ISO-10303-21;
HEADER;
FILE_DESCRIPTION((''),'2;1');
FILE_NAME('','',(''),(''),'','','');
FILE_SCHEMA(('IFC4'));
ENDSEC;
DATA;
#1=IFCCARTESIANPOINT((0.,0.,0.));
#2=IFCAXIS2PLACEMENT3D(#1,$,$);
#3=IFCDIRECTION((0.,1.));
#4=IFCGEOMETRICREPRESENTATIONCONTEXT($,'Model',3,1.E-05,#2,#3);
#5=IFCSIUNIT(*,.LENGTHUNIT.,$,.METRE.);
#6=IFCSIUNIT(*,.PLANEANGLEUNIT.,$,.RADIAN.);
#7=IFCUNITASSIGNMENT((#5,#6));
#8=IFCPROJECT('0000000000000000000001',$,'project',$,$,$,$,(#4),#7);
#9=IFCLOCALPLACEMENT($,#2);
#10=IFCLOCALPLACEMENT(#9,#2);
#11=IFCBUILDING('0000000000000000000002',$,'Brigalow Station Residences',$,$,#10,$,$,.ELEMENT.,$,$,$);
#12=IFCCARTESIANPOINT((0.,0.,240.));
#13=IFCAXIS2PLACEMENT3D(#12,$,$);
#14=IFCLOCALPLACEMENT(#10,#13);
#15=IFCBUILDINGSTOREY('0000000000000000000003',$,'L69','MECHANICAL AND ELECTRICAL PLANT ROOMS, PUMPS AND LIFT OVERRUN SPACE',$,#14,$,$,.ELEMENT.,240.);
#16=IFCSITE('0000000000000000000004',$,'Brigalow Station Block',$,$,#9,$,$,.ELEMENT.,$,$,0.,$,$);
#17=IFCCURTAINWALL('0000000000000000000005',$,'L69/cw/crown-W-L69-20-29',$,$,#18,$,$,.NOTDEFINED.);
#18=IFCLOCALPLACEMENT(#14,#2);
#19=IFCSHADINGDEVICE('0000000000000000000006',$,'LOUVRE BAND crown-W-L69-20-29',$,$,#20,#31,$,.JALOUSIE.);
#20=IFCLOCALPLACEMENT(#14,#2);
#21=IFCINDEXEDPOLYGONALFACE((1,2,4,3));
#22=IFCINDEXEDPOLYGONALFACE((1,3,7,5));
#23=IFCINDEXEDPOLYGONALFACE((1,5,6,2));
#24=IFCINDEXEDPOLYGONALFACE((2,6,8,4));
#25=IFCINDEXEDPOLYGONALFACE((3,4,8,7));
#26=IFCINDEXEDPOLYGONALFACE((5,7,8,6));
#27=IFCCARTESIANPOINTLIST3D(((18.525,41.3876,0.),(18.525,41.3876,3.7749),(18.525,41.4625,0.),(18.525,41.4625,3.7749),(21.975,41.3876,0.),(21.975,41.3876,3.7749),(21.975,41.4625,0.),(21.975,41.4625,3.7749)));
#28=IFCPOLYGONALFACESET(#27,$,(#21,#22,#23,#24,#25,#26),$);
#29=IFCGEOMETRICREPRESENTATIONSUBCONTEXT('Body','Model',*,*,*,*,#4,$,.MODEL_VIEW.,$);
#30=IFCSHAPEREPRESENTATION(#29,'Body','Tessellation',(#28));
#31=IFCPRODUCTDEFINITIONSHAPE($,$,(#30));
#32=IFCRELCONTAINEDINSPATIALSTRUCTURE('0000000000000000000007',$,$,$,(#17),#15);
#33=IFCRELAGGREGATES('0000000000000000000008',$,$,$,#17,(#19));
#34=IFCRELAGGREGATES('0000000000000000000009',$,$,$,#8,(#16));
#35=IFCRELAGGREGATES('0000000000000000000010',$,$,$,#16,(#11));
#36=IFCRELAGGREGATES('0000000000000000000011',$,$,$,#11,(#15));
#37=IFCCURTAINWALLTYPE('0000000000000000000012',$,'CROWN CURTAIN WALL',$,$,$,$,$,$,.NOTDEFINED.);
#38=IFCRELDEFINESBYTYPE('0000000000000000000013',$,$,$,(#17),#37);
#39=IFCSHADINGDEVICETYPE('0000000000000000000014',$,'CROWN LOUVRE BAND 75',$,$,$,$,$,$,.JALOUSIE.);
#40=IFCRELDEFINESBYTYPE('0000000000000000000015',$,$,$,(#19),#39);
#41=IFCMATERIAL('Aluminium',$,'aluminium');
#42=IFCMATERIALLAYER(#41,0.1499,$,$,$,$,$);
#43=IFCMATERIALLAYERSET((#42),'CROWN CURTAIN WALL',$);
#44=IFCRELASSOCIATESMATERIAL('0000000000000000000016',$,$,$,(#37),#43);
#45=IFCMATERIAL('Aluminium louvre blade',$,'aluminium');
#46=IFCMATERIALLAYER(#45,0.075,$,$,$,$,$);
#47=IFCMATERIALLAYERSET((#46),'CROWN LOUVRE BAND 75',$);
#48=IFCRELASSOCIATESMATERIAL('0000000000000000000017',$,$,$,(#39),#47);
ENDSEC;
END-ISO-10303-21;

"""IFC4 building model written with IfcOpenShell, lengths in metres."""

from ifc_helpers import new_model, si_unit, direction, frame, origin, origin_2d, place, context, subcontext, project, spatial, rectangle, extrude, material, layer, layer_set, type_object, element, aggregate, save


model = new_model("IFC4")

# Units and contexts
model_context = context("Model", 3, precision=1e-05, world=origin(), true_north=direction((0.0, 1.0)))
body_context = subcontext(model_context, "Body", "Model", "MODEL_VIEW")
ifc_project = project(units=[si_unit("LENGTHUNIT", "METRE"), si_unit("PLANEANGLEUNIT", "RADIAN")], contexts=[model_context])

# Site, building, storey
site_placement = place(None, origin())
site = spatial("IfcSite", under=ifc_project, at=site_placement, Name="Brigalow Station Block", CompositionType="ELEMENT", RefElevation=0.0)
building_placement = place(site_placement, origin())
building = spatial("IfcBuilding", under=site, at=building_placement, Name="Brigalow Station Residences", CompositionType="ELEMENT")
storey_placement = place(building_placement, frame((0.0, 0.0, 240.0)))
storey = spatial("IfcBuildingStorey", under=building, at=storey_placement, Name="L69", Description="MECHANICAL AND ELECTRICAL PLANT ROOMS, PUMPS AND LIFT OVERRUN SPACE", CompositionType="ELEMENT", Elevation=240.0)

# Curtain wall
ifc_material_1 = material(Name="Aluminium", Category="aluminium")
ifc_layer_1 = layer(ifc_material_1, 0.1499)
ifc_layer_set_1 = layer_set([ifc_layer_1], Name="CROWN CURTAIN WALL")
curtain_wall_type_1 = type_object("IfcCurtainWallType", Name="CROWN CURTAIN WALL", PredefinedType="NOTDEFINED", material=ifc_layer_set_1)
curtain_wall_1_placement = place(storey_placement, origin())
curtain_wall_1 = element("IfcCurtainWall", 1, at=curtain_wall_1_placement, inside=storey, type_object=curtain_wall_type_1, Name="L69/cw/crown-W-L69-20-29", PredefinedType="NOTDEFINED")

# Shading device
ifc_material_2 = material(Name="Aluminium louvre blade", Category="aluminium")
ifc_layer_2 = layer(ifc_material_2, 0.075)
ifc_layer_set_2 = layer_set([ifc_layer_2], Name="CROWN LOUVRE BAND 75")
shading_device_type = type_object("IfcShadingDeviceType", Name="CROWN LOUVRE BAND 75", PredefinedType="JALOUSIE", material=ifc_layer_set_2)
shading_device_1_placement = place(storey_placement, frame((20.25, 41.425, 0.0), z_axis=(0.0, 0.0, 1.0), x_axis=(-1.0, 0.0, 0.0)))
shading_device_1 = element("IfcShadingDevice", 2, at=shading_device_1_placement, type_object=shading_device_type, Name="LOUVRE BAND crown-W-L69-20-29", PredefinedType="JALOUSIE", context=body_context, shape_type="SweptSolid", body=[
    extrude(rectangle(XDim=3.45, YDim=0.075, at=origin_2d()), origin(), (0.0, 0.0, 1.0), 3.7749),
])
aggregate(curtain_wall_1, [shading_device_1])

save(model, "model.ifc")
